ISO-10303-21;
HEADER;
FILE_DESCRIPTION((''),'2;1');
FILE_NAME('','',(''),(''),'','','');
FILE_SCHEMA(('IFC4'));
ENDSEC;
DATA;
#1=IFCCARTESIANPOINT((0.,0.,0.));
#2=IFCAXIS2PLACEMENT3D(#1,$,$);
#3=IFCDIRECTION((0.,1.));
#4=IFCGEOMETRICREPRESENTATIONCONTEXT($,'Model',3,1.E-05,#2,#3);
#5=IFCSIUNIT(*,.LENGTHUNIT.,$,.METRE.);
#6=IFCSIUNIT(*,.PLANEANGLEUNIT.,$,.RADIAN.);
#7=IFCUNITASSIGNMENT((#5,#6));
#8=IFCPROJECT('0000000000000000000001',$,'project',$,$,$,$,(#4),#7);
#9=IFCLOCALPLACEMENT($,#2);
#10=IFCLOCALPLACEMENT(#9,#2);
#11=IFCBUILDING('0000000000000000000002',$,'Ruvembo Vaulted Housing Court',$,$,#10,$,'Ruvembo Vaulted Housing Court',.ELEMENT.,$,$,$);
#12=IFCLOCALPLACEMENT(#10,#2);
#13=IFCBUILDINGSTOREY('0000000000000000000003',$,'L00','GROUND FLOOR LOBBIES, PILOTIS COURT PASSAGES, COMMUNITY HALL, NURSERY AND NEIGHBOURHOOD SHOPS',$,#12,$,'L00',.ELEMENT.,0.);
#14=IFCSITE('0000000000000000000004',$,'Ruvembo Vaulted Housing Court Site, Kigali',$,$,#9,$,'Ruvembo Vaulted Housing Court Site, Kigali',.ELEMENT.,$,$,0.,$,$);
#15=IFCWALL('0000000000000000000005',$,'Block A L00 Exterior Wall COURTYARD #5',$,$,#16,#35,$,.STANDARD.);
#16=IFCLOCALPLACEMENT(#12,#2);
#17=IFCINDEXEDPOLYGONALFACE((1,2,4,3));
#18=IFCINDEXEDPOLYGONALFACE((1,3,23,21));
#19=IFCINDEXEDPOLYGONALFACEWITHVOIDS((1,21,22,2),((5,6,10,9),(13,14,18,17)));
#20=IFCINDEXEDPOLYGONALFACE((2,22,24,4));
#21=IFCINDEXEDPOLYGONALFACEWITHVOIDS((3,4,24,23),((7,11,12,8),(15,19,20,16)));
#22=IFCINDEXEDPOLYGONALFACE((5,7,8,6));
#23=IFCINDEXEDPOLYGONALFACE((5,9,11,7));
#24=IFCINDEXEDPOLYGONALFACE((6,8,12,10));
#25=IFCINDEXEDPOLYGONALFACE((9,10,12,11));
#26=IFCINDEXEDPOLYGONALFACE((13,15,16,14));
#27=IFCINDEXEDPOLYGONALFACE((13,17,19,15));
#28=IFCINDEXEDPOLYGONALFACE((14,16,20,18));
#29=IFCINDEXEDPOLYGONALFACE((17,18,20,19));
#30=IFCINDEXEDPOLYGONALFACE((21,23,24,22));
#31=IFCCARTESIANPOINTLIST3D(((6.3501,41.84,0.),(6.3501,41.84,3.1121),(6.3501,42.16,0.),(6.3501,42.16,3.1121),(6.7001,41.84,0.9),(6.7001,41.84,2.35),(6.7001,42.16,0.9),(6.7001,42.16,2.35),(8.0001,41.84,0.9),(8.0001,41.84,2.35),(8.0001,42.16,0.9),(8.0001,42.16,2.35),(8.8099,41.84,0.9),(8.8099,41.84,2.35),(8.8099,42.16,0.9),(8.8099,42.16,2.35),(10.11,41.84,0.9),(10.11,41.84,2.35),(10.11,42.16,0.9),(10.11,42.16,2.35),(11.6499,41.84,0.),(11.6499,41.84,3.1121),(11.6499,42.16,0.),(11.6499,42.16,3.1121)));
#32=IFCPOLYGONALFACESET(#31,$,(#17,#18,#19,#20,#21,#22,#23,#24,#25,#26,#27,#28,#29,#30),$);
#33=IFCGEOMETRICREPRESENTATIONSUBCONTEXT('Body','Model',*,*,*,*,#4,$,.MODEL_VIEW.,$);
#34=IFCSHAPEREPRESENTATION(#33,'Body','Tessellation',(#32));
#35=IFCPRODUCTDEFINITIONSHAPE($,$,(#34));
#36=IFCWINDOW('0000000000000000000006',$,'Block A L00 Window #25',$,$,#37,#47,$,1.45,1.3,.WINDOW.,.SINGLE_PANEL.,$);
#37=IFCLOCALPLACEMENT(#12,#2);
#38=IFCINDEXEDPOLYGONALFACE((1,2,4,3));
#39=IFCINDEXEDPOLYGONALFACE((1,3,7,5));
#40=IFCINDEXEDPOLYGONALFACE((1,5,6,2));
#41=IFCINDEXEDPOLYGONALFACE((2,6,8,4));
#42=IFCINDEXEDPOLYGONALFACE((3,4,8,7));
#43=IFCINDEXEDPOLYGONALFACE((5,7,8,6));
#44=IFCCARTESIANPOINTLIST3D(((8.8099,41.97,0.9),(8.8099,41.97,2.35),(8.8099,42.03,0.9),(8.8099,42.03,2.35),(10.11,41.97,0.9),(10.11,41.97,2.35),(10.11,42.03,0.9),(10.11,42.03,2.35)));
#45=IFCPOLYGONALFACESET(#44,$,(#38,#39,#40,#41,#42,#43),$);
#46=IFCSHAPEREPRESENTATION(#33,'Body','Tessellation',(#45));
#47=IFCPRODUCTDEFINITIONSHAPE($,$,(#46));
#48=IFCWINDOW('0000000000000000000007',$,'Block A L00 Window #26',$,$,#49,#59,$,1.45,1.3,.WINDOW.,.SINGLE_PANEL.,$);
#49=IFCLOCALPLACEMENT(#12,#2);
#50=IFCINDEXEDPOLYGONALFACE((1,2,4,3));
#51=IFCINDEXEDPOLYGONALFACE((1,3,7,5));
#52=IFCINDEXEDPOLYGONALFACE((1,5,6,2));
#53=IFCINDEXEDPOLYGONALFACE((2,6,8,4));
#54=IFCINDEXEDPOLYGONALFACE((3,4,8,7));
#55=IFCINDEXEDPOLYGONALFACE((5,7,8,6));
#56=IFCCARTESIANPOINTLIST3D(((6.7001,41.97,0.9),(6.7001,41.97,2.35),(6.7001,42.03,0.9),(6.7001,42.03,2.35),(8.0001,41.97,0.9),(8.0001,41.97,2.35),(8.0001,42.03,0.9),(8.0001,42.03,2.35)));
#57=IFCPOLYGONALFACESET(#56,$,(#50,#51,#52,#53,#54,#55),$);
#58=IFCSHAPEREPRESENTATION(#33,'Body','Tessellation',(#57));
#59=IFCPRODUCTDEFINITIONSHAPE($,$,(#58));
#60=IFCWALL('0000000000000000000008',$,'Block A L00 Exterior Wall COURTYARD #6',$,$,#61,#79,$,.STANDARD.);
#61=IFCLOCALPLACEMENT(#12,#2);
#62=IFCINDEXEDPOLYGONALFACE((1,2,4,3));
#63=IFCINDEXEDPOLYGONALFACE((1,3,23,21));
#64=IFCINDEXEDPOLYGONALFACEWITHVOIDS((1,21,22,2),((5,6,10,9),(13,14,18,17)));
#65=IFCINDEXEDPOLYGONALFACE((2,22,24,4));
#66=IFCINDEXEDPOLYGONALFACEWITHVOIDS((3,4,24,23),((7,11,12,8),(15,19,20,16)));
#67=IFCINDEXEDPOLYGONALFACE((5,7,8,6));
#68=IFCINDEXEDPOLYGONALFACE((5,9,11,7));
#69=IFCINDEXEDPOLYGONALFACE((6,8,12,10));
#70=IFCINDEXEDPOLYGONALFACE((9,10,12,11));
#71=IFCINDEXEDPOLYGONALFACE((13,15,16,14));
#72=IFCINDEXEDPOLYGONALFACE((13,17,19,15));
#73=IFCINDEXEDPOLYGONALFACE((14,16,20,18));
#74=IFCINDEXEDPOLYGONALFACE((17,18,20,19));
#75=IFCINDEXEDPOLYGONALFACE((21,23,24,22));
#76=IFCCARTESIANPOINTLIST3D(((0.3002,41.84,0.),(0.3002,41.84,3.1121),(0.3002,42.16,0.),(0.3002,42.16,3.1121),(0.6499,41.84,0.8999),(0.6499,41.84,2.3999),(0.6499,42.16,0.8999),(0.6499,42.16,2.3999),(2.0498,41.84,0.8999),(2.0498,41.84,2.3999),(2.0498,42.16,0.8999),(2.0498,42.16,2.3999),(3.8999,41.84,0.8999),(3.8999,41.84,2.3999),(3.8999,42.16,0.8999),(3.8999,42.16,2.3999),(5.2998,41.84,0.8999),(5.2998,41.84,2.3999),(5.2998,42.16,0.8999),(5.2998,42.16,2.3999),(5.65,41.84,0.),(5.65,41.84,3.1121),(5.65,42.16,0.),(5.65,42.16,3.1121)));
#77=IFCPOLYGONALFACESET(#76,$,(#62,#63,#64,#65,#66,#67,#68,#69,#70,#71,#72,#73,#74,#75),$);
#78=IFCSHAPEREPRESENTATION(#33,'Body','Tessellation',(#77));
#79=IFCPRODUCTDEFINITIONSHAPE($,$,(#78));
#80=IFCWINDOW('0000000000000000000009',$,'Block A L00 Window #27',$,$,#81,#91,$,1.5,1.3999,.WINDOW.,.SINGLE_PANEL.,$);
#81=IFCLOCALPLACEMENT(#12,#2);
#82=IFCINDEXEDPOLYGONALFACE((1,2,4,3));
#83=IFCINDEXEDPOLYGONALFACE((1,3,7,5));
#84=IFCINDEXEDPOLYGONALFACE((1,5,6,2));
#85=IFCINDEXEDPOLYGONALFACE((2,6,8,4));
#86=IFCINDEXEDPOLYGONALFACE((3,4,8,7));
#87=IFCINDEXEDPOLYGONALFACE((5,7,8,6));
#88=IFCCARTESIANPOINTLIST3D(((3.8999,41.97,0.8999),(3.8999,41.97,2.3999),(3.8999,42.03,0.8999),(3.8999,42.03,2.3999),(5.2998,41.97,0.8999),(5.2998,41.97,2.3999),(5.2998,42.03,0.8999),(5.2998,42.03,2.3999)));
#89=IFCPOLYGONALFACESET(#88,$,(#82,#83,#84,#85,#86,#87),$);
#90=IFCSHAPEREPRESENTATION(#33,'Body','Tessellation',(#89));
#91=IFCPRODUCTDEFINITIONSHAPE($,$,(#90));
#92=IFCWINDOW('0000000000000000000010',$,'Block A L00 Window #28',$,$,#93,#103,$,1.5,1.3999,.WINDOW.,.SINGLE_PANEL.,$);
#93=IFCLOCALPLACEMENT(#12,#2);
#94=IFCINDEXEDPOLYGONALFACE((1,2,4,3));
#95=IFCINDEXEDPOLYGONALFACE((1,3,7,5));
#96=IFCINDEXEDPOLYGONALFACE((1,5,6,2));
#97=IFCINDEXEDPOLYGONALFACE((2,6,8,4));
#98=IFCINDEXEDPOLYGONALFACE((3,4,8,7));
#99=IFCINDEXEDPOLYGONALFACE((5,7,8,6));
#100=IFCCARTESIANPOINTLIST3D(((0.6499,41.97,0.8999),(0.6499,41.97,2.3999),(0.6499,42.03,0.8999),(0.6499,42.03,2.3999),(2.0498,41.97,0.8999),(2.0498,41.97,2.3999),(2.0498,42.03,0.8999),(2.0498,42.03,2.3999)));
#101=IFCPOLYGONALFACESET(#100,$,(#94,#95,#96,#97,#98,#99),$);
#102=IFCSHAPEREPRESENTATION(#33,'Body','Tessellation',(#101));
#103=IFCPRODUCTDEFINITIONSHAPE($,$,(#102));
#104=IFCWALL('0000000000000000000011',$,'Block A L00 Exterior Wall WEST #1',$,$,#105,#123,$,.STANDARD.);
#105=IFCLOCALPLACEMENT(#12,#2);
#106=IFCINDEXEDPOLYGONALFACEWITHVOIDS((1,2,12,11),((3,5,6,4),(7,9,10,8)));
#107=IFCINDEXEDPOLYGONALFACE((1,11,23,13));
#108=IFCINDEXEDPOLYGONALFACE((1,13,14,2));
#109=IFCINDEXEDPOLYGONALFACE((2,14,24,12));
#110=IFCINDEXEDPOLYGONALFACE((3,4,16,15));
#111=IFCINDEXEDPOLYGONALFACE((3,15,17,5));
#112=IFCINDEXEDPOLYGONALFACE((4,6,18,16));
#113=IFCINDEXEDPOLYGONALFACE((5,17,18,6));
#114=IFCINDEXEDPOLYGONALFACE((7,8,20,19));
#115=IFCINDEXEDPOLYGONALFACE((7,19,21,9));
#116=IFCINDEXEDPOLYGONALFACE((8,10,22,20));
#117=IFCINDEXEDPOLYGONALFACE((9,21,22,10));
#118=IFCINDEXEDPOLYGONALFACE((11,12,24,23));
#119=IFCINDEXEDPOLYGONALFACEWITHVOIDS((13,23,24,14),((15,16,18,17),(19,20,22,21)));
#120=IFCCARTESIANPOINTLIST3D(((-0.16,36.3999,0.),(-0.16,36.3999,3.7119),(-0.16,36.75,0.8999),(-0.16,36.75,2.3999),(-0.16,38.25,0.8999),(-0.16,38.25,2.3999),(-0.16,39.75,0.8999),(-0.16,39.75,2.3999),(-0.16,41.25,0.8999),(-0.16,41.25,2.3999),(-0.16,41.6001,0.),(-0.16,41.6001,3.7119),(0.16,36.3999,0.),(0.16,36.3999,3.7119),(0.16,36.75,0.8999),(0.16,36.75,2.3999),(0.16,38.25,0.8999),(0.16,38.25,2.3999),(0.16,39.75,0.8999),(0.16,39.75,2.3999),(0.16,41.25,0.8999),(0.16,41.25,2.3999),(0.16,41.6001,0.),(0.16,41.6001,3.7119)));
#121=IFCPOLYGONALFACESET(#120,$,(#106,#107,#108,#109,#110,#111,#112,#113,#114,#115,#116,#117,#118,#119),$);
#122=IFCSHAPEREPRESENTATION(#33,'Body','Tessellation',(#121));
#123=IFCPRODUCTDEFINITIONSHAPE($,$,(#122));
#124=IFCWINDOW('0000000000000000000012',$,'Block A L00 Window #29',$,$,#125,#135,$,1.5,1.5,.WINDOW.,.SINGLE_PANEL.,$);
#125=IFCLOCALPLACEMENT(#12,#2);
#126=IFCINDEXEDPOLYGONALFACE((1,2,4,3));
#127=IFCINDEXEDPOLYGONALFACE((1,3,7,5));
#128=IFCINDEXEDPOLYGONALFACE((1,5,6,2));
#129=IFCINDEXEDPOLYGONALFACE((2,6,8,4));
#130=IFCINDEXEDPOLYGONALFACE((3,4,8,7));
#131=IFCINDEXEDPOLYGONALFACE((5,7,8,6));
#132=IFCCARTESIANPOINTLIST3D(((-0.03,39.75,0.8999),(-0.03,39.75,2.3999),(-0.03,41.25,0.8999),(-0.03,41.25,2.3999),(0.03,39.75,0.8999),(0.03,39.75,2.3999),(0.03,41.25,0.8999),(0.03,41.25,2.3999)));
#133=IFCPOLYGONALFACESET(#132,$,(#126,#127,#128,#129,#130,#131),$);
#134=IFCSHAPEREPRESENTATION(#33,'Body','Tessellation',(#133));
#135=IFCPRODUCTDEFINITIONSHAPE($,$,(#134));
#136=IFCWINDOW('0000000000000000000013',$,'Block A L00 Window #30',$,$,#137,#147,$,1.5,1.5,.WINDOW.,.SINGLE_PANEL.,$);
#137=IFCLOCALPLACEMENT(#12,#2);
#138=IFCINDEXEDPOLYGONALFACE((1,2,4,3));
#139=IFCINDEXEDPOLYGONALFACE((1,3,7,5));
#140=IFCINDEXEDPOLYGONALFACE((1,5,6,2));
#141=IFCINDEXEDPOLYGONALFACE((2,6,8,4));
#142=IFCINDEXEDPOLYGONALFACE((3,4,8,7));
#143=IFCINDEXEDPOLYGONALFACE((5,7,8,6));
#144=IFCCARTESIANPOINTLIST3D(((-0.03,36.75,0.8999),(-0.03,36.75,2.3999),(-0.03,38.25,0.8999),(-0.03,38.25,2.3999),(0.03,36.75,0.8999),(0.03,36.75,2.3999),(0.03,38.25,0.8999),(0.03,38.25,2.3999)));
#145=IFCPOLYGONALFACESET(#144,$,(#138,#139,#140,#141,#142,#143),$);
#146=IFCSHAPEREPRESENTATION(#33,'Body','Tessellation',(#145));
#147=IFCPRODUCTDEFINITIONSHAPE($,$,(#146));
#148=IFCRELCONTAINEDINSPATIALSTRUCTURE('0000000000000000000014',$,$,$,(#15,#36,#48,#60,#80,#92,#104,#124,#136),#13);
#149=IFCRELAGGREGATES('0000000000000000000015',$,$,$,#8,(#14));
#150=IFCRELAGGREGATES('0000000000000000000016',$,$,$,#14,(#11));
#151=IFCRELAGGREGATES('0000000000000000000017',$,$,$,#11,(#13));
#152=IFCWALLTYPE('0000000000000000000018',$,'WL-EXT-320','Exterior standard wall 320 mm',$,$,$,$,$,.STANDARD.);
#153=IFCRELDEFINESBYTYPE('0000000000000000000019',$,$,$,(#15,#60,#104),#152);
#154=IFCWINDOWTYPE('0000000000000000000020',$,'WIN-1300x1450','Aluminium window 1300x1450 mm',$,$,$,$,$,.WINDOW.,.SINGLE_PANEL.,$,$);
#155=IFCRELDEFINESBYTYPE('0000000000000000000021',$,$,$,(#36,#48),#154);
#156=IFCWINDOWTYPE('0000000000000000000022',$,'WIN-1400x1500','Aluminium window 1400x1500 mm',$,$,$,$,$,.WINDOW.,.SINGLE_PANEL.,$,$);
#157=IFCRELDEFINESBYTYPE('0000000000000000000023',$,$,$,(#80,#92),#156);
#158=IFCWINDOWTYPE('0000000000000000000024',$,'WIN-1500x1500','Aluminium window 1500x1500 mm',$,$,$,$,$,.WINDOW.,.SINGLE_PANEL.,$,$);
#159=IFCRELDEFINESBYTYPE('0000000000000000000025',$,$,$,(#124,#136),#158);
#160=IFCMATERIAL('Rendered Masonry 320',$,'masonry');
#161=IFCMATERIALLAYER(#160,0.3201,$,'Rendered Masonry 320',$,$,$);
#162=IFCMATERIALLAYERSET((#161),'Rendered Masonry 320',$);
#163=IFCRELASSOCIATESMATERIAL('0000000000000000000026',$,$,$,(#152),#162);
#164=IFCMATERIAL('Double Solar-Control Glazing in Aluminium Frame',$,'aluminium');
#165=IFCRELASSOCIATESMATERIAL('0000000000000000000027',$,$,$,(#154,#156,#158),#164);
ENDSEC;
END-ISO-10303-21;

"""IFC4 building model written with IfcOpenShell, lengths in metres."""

from ifc_helpers import new_model, si_unit, direction, frame, frame_2d, origin, place, context, subcontext, project, spatial, rectangle, extrude, material, layer, layer_set, type_object, element, fill, save


model = new_model("IFC4")

# Units and contexts
model_context = context("Model", 3, precision=1e-05, world=origin(), true_north=direction((0.0, 1.0)))
body_context = subcontext(model_context, "Body", "Model", "MODEL_VIEW")
ifc_project = project(units=[si_unit("LENGTHUNIT", "METRE"), si_unit("PLANEANGLEUNIT", "RADIAN")], contexts=[model_context])

# Site, building, storey
site_placement = place(None, origin())
site = spatial("IfcSite", under=ifc_project, at=site_placement, Name="Ruvembo Vaulted Housing Court Site, Kigali", LongName="Ruvembo Vaulted Housing Court Site, Kigali", CompositionType="ELEMENT", RefElevation=0.0)
building_placement = place(site_placement, origin())
building = spatial("IfcBuilding", under=site, at=building_placement, Name="Ruvembo Vaulted Housing Court", LongName="Ruvembo Vaulted Housing Court", CompositionType="ELEMENT")
storey_placement = place(building_placement, origin())
storey = spatial("IfcBuildingStorey", under=building, at=storey_placement, Name="L00", Description="GROUND FLOOR LOBBIES, PILOTIS COURT PASSAGES, COMMUNITY HALL, NURSERY AND NEIGHBOURHOOD SHOPS", LongName="L00", CompositionType="ELEMENT", Elevation=0.0)

# Walls, openings, windows
ifc_material_1 = material(Name="Rendered Masonry 320", Category="masonry")
ifc_layer_1 = layer(ifc_material_1, 0.3201, Name="Rendered Masonry 320")
ifc_layer_set_1 = layer_set([ifc_layer_1], Name="Rendered Masonry 320")
wall_type = type_object("IfcWallType", Name="WL-EXT-320", Description="Exterior standard wall 320 mm", PredefinedType="STANDARD", material=ifc_layer_set_1)
wall_1_placement = place(storey_placement, frame((11.6499, 42.0, 0.0), z_axis=(0.0, 0.0, 1.0), x_axis=(-1.0, 0.0, 0.0)))
wall_1 = element("IfcWall", 1, at=wall_1_placement, inside=storey, type_object=wall_type, Name="Block A L00 Exterior Wall COURTYARD #5", PredefinedType="STANDARD", context=body_context, shape_type="SweptSolid", body=[
    extrude(rectangle(XDim=5.2998, YDim=0.3201, at=frame_2d((2.6499, 0.0))), origin(), (0.0, 0.0, 1.0), 3.1121),
])
opening_1_placement = place(wall_1_placement, frame((1.54, 0.0, 0.8999)))
opening_1 = element("IfcOpeningElement", 2, at=opening_1_placement, cuts=wall_1, PredefinedType="OPENING", context=body_context, shape_type="SweptSolid", body=[
    extrude(rectangle(XDim=1.3, YDim=1.45, at=frame_2d((0.6499, 0.7251))), frame((0.0, 0.1699, 0.0), z_axis=(0.0, -1.0, 0.0), x_axis=(1.0, 0.0, 0.0)), (0.0, 0.0, 1.0), 0.3401),
])
opening_2_placement = place(wall_1_placement, frame((3.6499, 0.0, 0.8999)))
opening_2 = element("IfcOpeningElement", 3, at=opening_2_placement, cuts=wall_1, PredefinedType="OPENING", context=body_context, shape_type="SweptSolid", body=[
    extrude(rectangle(XDim=1.3, YDim=1.45, at=frame_2d((0.6499, 0.7251))), frame((0.0, 0.1699, 0.0), z_axis=(0.0, -1.0, 0.0), x_axis=(1.0, 0.0, 0.0)), (0.0, 0.0, 1.0), 0.3401),
])
ifc_material_2 = material(Name="Double Solar-Control Glazing in Aluminium Frame", Category="aluminium")
window_type_1 = type_object("IfcWindowType", Name="WIN-1300x1450", Description="Aluminium window 1300x1450 mm", PartitioningType="SINGLE_PANEL", PredefinedType="WINDOW", material=ifc_material_2)
window_1_placement = place(opening_1_placement, origin())
window_1 = element("IfcWindow", 4, at=window_1_placement, inside=storey, type_object=window_type_1, Name="Block A L00 Window #25", OverallHeight=1.45, OverallWidth=1.3, PartitioningType="SINGLE_PANEL", PredefinedType="WINDOW", context=body_context, shape_type="SweptSolid", body=[
    extrude(rectangle(XDim=1.3, YDim=1.45, at=frame_2d((0.6499, 0.7251))), frame((0.0, 0.03, 0.0), z_axis=(0.0, -1.0, 0.0), x_axis=(1.0, 0.0, 0.0)), (0.0, 0.0, 1.0), 0.0601),
])
fill(opening_1, window_1)
window_2_placement = place(opening_2_placement, origin())
window_2 = element("IfcWindow", 5, at=window_2_placement, inside=storey, type_object=window_type_1, Name="Block A L00 Window #26", OverallHeight=1.45, OverallWidth=1.3, PartitioningType="SINGLE_PANEL", PredefinedType="WINDOW", context=body_context, shape_type="SweptSolid", body=[
    extrude(rectangle(XDim=1.3, YDim=1.45, at=frame_2d((0.6499, 0.7251))), frame((0.0, 0.03, 0.0), z_axis=(0.0, -1.0, 0.0), x_axis=(1.0, 0.0, 0.0)), (0.0, 0.0, 1.0), 0.0601),
])
fill(opening_2, window_2)
wall_2_placement = place(storey_placement, frame((5.6499, 42.0, 0.0), z_axis=(0.0, 0.0, 1.0), x_axis=(-1.0, 0.0, 0.0)))
wall_2 = element("IfcWall", 6, at=wall_2_placement, inside=storey, type_object=wall_type, Name="Block A L00 Exterior Wall COURTYARD #6", PredefinedType="STANDARD", context=body_context, shape_type="SweptSolid", body=[
    extrude(rectangle(XDim=5.3499, YDim=0.3201, at=frame_2d((2.6748, 0.0))), origin(), (0.0, 0.0, 1.0), 3.1121),
])
opening_3_placement = place(wall_2_placement, frame((0.3501, 0.0, 0.8999)))
opening_3 = element("IfcOpeningElement", 7, at=opening_3_placement, cuts=wall_2, PredefinedType="OPENING", context=body_context, shape_type="SweptSolid", body=[
    extrude(rectangle(XDim=1.3999, YDim=1.5, at=frame_2d((0.7, 0.75))), frame((0.0, 0.1699, 0.0), z_axis=(0.0, -1.0, 0.0), x_axis=(1.0, 0.0, 0.0)), (0.0, 0.0, 1.0), 0.3401),
])
opening_4_placement = place(wall_2_placement, frame((3.6001, 0.0, 0.8999)))
opening_4 = element("IfcOpeningElement", 8, at=opening_4_placement, cuts=wall_2, PredefinedType="OPENING", context=body_context, shape_type="SweptSolid", body=[
    extrude(rectangle(XDim=1.3999, YDim=1.5, at=frame_2d((0.7, 0.75))), frame((0.0, 0.1699, 0.0), z_axis=(0.0, -1.0, 0.0), x_axis=(1.0, 0.0, 0.0)), (0.0, 0.0, 1.0), 0.3401),
])
window_type_2 = type_object("IfcWindowType", Name="WIN-1400x1500", Description="Aluminium window 1400x1500 mm", PartitioningType="SINGLE_PANEL", PredefinedType="WINDOW", material=ifc_material_2)
window_3_placement = place(opening_3_placement, origin())
window_3 = element("IfcWindow", 9, at=window_3_placement, inside=storey, type_object=window_type_2, Name="Block A L00 Window #27", OverallHeight=1.5, OverallWidth=1.3999, PartitioningType="SINGLE_PANEL", PredefinedType="WINDOW", context=body_context, shape_type="SweptSolid", body=[
    extrude(rectangle(XDim=1.3999, YDim=1.5, at=frame_2d((0.7, 0.75))), frame((0.0, 0.03, 0.0), z_axis=(0.0, -1.0, 0.0), x_axis=(1.0, 0.0, 0.0)), (0.0, 0.0, 1.0), 0.0601),
])
fill(opening_3, window_3)
window_4_placement = place(opening_4_placement, origin())
window_4 = element("IfcWindow", 10, at=window_4_placement, inside=storey, type_object=window_type_2, Name="Block A L00 Window #28", OverallHeight=1.5, OverallWidth=1.3999, PartitioningType="SINGLE_PANEL", PredefinedType="WINDOW", context=body_context, shape_type="SweptSolid", body=[
    extrude(rectangle(XDim=1.3999, YDim=1.5, at=frame_2d((0.7, 0.75))), frame((0.0, 0.03, 0.0), z_axis=(0.0, -1.0, 0.0), x_axis=(1.0, 0.0, 0.0)), (0.0, 0.0, 1.0), 0.0601),
])
fill(opening_4, window_4)
wall_3_placement = place(storey_placement, frame((0.0, 41.6001, 0.0), z_axis=(0.0, 0.0, 1.0), x_axis=(0.0, -1.0, 0.0)))
wall_3 = element("IfcWall", 11, at=wall_3_placement, inside=storey, type_object=wall_type, Name="Block A L00 Exterior Wall WEST #1", PredefinedType="STANDARD", context=body_context, shape_type="SweptSolid", body=[
    extrude(rectangle(XDim=5.2002, YDim=0.3201, at=frame_2d((2.6001, 0.0))), origin(), (0.0, 0.0, 1.0), 3.7119),
])
opening_5_placement = place(wall_3_placement, frame((0.3501, 0.0, 0.8999)))
opening_5 = element("IfcOpeningElement", 12, at=opening_5_placement, cuts=wall_3, PredefinedType="OPENING", context=body_context, shape_type="SweptSolid", body=[
    extrude(rectangle(XDim=1.5, YDim=1.5, at=frame_2d((0.75, 0.75))), frame((0.0, 0.1699, 0.0), z_axis=(0.0, -1.0, 0.0), x_axis=(1.0, 0.0, 0.0)), (0.0, 0.0, 1.0), 0.3401),
])
opening_6_placement = place(wall_3_placement, frame((3.3501, 0.0, 0.8999)))
opening_6 = element("IfcOpeningElement", 13, at=opening_6_placement, cuts=wall_3, PredefinedType="OPENING", context=body_context, shape_type="SweptSolid", body=[
    extrude(rectangle(XDim=1.5, YDim=1.5, at=frame_2d((0.75, 0.75))), frame((0.0, 0.1699, 0.0), z_axis=(0.0, -1.0, 0.0), x_axis=(1.0, 0.0, 0.0)), (0.0, 0.0, 1.0), 0.3401),
])
window_type_3 = type_object("IfcWindowType", Name="WIN-1500x1500", Description="Aluminium window 1500x1500 mm", PartitioningType="SINGLE_PANEL", PredefinedType="WINDOW", material=ifc_material_2)
window_5_placement = place(opening_5_placement, origin())
window_5 = element("IfcWindow", 14, at=window_5_placement, inside=storey, type_object=window_type_3, Name="Block A L00 Window #29", OverallHeight=1.5, OverallWidth=1.5, PartitioningType="SINGLE_PANEL", PredefinedType="WINDOW", context=body_context, shape_type="SweptSolid", body=[
    extrude(rectangle(XDim=1.5, YDim=1.5, at=frame_2d((0.75, 0.75))), frame((0.0, 0.03, 0.0), z_axis=(0.0, -1.0, 0.0), x_axis=(1.0, 0.0, 0.0)), (0.0, 0.0, 1.0), 0.0601),
])
fill(opening_5, window_5)
window_6_placement = place(opening_6_placement, origin())
window_6 = element("IfcWindow", 15, at=window_6_placement, inside=storey, type_object=window_type_3, Name="Block A L00 Window #30", OverallHeight=1.5, OverallWidth=1.5, PartitioningType="SINGLE_PANEL", PredefinedType="WINDOW", context=body_context, shape_type="SweptSolid", body=[
    extrude(rectangle(XDim=1.5, YDim=1.5, at=frame_2d((0.75, 0.75))), frame((0.0, 0.03, 0.0), z_axis=(0.0, -1.0, 0.0), x_axis=(1.0, 0.0, 0.0)), (0.0, 0.0, 1.0), 0.0601),
])
fill(opening_6, window_6)

save(model, "model.ifc")
